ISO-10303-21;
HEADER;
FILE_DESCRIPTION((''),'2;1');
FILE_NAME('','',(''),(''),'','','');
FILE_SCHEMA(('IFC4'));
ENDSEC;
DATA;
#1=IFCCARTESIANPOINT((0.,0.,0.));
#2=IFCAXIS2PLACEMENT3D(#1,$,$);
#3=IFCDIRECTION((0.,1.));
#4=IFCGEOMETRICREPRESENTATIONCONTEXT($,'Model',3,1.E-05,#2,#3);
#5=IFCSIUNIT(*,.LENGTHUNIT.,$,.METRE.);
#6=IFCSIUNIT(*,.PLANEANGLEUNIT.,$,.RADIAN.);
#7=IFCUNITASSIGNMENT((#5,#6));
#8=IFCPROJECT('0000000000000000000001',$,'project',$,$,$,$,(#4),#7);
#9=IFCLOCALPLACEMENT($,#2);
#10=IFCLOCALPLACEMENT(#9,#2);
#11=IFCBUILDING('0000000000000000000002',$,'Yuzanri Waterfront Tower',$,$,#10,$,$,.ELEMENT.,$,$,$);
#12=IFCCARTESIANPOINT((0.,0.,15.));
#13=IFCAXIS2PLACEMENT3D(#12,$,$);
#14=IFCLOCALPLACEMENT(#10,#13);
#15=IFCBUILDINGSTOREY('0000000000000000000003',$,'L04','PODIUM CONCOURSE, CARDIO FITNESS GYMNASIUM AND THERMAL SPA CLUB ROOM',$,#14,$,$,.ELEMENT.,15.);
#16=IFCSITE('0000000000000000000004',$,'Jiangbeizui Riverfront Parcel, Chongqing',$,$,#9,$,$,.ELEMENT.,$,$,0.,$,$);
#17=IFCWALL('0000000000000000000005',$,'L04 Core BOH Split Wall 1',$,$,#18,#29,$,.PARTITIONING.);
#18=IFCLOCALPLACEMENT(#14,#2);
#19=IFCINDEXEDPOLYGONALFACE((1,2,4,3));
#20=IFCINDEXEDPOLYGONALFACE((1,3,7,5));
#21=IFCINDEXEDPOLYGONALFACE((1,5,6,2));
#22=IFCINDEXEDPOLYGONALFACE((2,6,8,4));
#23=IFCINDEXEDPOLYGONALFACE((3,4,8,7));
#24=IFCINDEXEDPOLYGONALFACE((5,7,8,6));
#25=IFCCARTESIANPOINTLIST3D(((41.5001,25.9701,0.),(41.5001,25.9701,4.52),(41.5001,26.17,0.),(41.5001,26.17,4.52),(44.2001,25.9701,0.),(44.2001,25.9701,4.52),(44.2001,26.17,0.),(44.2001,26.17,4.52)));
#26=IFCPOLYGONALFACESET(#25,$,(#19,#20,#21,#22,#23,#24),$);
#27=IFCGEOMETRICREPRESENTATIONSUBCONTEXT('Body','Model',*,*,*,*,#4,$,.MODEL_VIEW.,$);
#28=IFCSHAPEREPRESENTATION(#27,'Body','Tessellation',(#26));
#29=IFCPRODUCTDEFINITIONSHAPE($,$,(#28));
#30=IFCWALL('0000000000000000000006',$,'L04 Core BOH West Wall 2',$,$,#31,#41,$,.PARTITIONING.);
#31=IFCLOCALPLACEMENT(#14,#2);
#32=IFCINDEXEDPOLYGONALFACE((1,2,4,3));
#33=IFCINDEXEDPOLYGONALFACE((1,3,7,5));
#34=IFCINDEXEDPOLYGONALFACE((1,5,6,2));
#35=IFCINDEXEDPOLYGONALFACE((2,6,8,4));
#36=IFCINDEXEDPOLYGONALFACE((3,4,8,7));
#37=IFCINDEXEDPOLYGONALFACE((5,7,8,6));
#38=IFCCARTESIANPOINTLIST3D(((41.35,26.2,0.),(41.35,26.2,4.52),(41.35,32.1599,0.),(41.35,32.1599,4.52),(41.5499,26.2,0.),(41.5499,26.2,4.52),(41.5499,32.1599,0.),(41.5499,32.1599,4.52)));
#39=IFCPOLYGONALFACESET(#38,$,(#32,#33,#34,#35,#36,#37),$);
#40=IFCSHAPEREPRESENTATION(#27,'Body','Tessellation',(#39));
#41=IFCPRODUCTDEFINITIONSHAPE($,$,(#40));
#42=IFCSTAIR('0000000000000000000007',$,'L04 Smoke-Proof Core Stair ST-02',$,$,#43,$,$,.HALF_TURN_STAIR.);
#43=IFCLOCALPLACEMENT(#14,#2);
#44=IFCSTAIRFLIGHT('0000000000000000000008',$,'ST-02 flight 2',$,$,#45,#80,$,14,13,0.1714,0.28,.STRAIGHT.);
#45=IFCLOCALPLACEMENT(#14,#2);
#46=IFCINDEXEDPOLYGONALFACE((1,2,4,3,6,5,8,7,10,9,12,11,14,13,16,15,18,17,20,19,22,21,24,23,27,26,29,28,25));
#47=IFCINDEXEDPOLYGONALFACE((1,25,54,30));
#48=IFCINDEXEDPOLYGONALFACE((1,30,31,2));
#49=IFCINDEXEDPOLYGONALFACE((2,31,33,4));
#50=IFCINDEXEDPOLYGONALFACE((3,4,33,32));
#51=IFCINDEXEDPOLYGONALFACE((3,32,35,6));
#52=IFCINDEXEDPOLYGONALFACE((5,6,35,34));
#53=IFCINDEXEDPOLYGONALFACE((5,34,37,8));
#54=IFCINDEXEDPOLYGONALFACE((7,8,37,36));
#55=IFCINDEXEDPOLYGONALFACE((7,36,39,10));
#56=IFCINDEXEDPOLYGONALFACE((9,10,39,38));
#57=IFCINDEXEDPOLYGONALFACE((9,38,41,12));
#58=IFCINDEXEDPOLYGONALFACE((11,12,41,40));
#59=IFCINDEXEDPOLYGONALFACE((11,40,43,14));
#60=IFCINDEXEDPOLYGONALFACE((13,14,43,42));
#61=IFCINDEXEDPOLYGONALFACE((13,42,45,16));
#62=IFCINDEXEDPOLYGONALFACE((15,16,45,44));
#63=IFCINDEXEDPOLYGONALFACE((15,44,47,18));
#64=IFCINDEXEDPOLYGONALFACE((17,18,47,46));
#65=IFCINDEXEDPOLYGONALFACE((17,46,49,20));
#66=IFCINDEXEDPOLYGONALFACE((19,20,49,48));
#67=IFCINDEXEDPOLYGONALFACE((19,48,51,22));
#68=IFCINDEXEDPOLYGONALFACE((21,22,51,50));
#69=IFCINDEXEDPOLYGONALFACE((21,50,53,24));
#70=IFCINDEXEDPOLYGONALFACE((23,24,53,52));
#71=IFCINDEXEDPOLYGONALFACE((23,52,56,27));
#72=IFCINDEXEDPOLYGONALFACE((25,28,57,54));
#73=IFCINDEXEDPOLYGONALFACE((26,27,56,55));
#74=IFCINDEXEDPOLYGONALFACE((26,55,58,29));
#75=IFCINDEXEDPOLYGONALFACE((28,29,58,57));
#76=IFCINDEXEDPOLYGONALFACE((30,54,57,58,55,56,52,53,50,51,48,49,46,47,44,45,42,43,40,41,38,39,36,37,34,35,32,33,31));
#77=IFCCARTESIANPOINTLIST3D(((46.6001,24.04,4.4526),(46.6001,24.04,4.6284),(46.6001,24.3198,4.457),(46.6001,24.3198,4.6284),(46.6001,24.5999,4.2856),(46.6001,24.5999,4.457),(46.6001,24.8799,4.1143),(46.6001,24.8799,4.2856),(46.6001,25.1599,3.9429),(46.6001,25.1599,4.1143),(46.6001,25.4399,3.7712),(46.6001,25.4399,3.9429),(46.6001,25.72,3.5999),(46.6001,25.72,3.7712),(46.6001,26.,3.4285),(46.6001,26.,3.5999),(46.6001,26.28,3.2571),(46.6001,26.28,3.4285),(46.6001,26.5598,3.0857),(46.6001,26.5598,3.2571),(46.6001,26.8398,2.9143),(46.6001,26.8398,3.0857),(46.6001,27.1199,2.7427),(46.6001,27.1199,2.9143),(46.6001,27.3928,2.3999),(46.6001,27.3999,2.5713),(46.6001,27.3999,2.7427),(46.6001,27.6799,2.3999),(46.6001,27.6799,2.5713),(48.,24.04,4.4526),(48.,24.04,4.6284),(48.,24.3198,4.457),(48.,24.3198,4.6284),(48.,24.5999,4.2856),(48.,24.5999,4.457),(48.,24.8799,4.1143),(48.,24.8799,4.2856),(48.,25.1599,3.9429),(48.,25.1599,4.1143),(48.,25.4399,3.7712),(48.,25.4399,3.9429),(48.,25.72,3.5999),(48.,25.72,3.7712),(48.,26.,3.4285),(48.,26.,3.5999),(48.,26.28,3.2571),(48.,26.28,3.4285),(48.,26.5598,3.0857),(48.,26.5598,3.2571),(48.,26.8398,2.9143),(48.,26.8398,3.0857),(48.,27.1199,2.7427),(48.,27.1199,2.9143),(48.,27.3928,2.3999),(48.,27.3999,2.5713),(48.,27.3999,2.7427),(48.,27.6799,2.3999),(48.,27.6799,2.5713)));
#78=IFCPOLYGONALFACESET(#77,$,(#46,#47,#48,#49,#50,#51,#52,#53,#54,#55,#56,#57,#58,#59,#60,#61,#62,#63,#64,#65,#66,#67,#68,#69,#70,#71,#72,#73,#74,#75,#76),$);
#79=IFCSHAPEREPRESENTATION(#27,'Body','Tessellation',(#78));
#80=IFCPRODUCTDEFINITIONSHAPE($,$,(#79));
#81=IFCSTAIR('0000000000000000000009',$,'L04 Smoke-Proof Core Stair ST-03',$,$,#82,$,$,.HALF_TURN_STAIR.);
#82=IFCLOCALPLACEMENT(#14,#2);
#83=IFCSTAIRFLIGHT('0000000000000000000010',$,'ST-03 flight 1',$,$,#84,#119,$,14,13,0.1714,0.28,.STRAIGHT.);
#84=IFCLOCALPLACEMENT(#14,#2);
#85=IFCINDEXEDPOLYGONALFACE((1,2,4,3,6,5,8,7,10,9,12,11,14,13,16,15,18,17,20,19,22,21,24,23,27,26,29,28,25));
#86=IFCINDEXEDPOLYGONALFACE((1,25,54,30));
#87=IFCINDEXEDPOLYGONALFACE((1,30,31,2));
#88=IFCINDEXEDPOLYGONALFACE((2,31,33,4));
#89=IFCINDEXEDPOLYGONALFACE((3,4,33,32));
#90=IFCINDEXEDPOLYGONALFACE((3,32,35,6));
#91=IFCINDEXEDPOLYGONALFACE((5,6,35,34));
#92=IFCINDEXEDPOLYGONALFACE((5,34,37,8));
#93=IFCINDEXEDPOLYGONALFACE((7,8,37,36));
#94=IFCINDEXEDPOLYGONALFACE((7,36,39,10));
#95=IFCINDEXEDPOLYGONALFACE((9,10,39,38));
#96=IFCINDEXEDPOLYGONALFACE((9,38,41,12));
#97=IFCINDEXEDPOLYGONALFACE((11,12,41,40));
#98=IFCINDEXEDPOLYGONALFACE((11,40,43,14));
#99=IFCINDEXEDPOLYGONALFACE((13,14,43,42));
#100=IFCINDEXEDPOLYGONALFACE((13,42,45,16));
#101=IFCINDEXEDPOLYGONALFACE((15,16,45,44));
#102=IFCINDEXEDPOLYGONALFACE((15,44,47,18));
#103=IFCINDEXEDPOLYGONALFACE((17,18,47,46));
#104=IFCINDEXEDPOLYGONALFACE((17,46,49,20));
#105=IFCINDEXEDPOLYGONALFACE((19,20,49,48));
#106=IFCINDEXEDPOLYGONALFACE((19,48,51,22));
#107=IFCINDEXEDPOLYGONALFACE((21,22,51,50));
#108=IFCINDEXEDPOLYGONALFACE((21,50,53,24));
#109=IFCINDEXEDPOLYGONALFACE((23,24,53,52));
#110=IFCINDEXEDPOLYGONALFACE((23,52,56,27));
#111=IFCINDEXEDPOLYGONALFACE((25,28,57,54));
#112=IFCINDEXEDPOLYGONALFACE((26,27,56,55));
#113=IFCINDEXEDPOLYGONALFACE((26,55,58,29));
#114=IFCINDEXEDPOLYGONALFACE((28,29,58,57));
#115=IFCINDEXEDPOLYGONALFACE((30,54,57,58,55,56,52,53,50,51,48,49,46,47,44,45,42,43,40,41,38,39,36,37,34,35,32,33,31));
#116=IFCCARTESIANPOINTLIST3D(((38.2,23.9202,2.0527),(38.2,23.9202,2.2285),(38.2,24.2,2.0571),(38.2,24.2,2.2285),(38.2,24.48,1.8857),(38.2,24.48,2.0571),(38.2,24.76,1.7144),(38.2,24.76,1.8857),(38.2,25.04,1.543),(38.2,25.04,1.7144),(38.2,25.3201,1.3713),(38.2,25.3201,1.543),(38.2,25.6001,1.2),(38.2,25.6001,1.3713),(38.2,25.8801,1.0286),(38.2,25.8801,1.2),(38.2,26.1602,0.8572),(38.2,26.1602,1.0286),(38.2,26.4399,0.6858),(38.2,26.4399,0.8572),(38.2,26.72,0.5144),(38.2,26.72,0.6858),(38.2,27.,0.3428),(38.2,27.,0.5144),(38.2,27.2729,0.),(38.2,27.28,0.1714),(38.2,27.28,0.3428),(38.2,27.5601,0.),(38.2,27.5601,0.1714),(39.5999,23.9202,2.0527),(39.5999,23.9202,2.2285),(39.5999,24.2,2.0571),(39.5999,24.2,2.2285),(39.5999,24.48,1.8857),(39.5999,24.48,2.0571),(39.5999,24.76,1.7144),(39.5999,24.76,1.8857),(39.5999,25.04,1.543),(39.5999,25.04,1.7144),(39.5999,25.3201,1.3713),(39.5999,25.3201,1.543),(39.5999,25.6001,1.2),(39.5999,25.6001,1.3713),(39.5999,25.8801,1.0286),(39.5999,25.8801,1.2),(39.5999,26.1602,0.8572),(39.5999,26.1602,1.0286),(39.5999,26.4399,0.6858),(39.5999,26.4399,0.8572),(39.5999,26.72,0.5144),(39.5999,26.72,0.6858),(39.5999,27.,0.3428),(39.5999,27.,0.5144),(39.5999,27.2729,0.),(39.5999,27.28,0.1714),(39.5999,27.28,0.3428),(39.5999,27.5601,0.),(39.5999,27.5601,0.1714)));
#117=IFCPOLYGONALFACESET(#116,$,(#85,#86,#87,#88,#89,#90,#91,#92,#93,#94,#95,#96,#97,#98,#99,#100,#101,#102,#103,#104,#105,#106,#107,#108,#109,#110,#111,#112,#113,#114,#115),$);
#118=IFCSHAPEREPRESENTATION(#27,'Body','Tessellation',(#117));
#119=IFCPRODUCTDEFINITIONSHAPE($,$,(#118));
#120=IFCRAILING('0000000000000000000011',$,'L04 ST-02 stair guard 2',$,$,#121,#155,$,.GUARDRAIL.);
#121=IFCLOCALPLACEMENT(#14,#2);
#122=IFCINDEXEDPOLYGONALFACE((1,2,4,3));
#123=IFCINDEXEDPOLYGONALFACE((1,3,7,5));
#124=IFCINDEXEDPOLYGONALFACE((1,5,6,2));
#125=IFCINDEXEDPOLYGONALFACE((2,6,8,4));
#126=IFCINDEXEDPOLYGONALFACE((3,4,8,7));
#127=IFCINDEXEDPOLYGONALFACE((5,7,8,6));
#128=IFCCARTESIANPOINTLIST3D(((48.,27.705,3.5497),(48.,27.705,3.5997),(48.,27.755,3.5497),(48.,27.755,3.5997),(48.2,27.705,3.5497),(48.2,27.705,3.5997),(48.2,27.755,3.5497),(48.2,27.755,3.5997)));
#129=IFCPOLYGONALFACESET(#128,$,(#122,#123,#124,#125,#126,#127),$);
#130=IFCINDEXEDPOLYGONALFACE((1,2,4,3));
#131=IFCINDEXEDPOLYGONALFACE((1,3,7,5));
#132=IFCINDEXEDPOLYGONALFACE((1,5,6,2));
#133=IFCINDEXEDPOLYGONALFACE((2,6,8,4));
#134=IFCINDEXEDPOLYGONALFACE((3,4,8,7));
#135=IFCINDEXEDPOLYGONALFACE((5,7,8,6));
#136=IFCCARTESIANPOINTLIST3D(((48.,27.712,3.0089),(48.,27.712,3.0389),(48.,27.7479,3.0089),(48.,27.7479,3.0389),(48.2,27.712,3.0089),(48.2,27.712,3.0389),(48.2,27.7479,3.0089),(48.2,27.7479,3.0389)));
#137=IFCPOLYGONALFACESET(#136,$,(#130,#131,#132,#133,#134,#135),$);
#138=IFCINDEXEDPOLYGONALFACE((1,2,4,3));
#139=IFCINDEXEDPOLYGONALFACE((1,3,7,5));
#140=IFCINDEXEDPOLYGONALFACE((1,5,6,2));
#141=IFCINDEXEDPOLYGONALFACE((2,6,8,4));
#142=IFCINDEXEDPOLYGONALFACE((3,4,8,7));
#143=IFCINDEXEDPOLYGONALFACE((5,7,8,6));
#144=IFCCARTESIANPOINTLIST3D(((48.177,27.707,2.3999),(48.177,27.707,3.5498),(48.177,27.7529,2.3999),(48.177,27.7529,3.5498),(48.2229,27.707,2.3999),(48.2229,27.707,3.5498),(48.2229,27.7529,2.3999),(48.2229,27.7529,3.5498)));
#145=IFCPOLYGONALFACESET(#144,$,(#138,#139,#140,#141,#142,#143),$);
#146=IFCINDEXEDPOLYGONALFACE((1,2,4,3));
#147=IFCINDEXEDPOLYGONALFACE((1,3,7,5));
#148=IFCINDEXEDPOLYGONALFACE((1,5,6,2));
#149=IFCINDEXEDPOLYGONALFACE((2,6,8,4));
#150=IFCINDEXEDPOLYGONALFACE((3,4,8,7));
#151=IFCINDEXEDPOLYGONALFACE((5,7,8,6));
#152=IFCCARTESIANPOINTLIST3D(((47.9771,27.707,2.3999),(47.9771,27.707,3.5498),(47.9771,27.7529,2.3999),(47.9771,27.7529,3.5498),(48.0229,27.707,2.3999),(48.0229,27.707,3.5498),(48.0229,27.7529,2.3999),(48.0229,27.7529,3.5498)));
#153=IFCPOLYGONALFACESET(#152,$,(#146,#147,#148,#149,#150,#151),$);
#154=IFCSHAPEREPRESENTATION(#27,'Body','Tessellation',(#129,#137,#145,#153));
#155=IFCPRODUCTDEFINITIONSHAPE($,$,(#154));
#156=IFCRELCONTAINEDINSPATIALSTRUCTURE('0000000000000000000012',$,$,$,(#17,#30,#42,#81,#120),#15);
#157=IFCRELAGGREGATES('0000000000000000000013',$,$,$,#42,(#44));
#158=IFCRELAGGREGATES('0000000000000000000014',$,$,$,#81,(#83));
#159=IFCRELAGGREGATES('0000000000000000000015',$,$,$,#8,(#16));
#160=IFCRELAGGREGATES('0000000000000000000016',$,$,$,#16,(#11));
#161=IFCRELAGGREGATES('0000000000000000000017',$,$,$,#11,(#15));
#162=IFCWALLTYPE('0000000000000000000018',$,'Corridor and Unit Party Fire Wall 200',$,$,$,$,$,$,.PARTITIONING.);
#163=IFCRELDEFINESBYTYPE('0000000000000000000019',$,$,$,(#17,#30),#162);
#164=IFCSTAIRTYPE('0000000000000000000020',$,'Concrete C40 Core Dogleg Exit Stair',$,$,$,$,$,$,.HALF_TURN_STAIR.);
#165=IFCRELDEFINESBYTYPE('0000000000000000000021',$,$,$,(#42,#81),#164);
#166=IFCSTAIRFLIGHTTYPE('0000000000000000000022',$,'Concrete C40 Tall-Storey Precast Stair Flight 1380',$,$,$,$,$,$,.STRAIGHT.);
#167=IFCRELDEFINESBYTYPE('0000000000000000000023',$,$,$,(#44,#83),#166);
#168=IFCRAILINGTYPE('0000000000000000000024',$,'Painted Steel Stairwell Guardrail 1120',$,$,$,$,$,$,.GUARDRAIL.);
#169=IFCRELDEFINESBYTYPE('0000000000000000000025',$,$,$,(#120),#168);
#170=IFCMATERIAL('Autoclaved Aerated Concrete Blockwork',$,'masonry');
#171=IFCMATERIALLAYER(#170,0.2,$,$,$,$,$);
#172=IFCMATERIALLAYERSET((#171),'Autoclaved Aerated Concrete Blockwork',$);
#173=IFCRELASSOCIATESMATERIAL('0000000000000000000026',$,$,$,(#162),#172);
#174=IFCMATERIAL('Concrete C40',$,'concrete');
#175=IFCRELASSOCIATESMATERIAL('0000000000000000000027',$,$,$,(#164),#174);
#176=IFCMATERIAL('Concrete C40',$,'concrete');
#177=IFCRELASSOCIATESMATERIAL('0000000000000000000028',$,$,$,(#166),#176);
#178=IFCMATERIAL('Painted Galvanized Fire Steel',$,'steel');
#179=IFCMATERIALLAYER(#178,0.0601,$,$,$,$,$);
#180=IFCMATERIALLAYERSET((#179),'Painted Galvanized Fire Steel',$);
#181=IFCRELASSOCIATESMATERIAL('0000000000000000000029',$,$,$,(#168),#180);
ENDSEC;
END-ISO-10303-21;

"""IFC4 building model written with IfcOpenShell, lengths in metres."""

from ifc_helpers import new_model, si_unit, direction, frame, frame_2d, origin, origin_2d, place, context, subcontext, project, spatial, polyline, rectangle, outline, extrude, source, transform, mapped, material, layer, layer_set, type_object, element, aggregate, save


model = new_model("IFC4")

# Units and contexts
model_context = context("Model", 3, precision=1e-05, world=origin(), true_north=direction((0.0, 1.0)))
body_context = subcontext(model_context, "Body", "Model", "MODEL_VIEW")
ifc_project = project(units=[si_unit("LENGTHUNIT", "METRE"), si_unit("PLANEANGLEUNIT", "RADIAN")], contexts=[model_context])

# Site, building, storey
site_placement = place(None, origin())
site = spatial("IfcSite", under=ifc_project, at=site_placement, Name="Jiangbeizui Riverfront Parcel, Chongqing", CompositionType="ELEMENT", RefElevation=0.0)
building_placement = place(site_placement, origin())
building = spatial("IfcBuilding", under=site, at=building_placement, Name="Yuzanri Waterfront Tower", CompositionType="ELEMENT")
storey_placement = place(building_placement, frame((0.0, 0.0, 15.0)))
storey = spatial("IfcBuildingStorey", under=building, at=storey_placement, Name="L04", Description="PODIUM CONCOURSE, CARDIO FITNESS GYMNASIUM AND THERMAL SPA CLUB ROOM", CompositionType="ELEMENT", Elevation=15.0)

# Walls
ifc_material_1 = material(Name="Autoclaved Aerated Concrete Blockwork", Category="masonry")
ifc_layer_1 = layer(ifc_material_1, 0.2)
ifc_layer_set_1 = layer_set([ifc_layer_1], Name="Autoclaved Aerated Concrete Blockwork")
wall_type_1 = type_object("IfcWallType", Name="Corridor and Unit Party Fire Wall 200", PredefinedType="PARTITIONING", material=ifc_layer_set_1)
shared_shape_1 = source(origin(), body_context, "Body", "SweptSolid", [
    extrude(rectangle(XDim=2.7, YDim=0.2, at=frame_2d((1.3501, 0.0))), origin(), (0.0, 0.0, 1.0), 4.52),
])
wall_1_placement = place(storey_placement, frame((41.5, 26.0701, 0.0), z_axis=(0.0, 0.0, 1.0), x_axis=(1.0, 0.0, 0.0)))
element("IfcWall", 1, at=wall_1_placement, inside=storey, type_object=wall_type_1, Name="L04 Core BOH Split Wall 1", PredefinedType="PARTITIONING", context=body_context, shape_type="MappedRepresentation", body=[
    mapped(shared_shape_1, transform((0.0, 0.0, 0.0), scale=1.0)),
])
shared_shape_2 = source(origin(), body_context, "Body", "SweptSolid", [
    extrude(rectangle(XDim=5.96, YDim=0.2, at=frame_2d((2.98, 0.0))), origin(), (0.0, 0.0, 1.0), 4.52),
])
wall_2_placement = place(storey_placement, frame((41.45, 26.2, 0.0), z_axis=(0.0, 0.0, 1.0), x_axis=(0.0, 1.0, 0.0)))
element("IfcWall", 2, at=wall_2_placement, inside=storey, type_object=wall_type_1, Name="L04 Core BOH West Wall 2", PredefinedType="PARTITIONING", context=body_context, shape_type="MappedRepresentation", body=[
    mapped(shared_shape_2, transform((0.0, 0.0, 0.0), scale=1.0)),
])

# Stairs, stair flights
ifc_material_2 = material(Name="Concrete C40", Category="concrete")
stair_type = type_object("IfcStairType", Name="Concrete C40 Core Dogleg Exit Stair", PredefinedType="HALF_TURN_STAIR", material=ifc_material_2)
stair_1_placement = place(storey_placement, origin())
stair_1 = element("IfcStair", 3, at=stair_1_placement, inside=storey, type_object=stair_type, Name="L04 Smoke-Proof Core Stair ST-02", PredefinedType="HALF_TURN_STAIR")
ifc_material_3 = material(Name="Concrete C40", Category="concrete")
stair_flight_type = type_object("IfcStairFlightType", Name="Concrete C40 Tall-Storey Precast Stair Flight 1380", PredefinedType="STRAIGHT", material=ifc_material_3)
shared_shape_3 = source(origin(), body_context, "Body", "SweptSolid", [
    extrude(outline(polyline([(0.0, 0.0), (0.0, 0.1714), (0.28, 0.1714), (0.28, 0.3428), (0.5601, 0.3428), (0.5601, 0.5144), (0.8401, 0.5144), (0.8401, 0.6858), (1.1201, 0.6858), (1.1201, 0.8572), (1.3999, 0.8572), (1.3999, 1.0286), (1.6799, 1.0286), (1.6799, 1.2), (1.96, 1.2), (1.96, 1.3713), (2.24, 1.3713), (2.24, 1.543), (2.52, 1.543), (2.52, 1.7144), (2.8, 1.7144), (2.8, 1.8857), (3.0801, 1.8857), (3.0801, 2.0571), (3.3601, 2.0571), (3.3601, 2.2285), (3.6399, 2.2285), (3.6399, 2.3999), (3.6399, 2.0527), (0.2871, 0.0), (0.0, 0.0)])), frame((0.0, 0.7, 0.0), z_axis=(0.0, -1.0, 0.0), x_axis=(1.0, 0.0, 0.0)), (0.0, 0.0, 1.0), 1.3999),
])
stair_flight_1_placement = place(storey_placement, frame((47.3, 27.6799, 2.3999), z_axis=(0.0, 0.0, 1.0), x_axis=(0.0, -1.0, 0.0)))
stair_flight_1 = element("IfcStairFlight", 4, at=stair_flight_1_placement, type_object=stair_flight_type, Name="ST-02 flight 2", NumberOfRisers=14, NumberOfTreads=13, PredefinedType="STRAIGHT", RiserHeight=0.1714, TreadLength=0.28, context=body_context, shape_type="MappedRepresentation", body=[
    mapped(shared_shape_3, transform((0.0, 0.0, 0.0), scale=1.0)),
])
aggregate(stair_1, [stair_flight_1])
stair_2_placement = place(storey_placement, origin())
stair_2 = element("IfcStair", 5, at=stair_2_placement, inside=storey, type_object=stair_type, Name="L04 Smoke-Proof Core Stair ST-03", PredefinedType="HALF_TURN_STAIR")
stair_flight_2_placement = place(storey_placement, frame((38.8999, 27.5601, 0.0), z_axis=(0.0, 0.0, 1.0), x_axis=(0.0, -1.0, 0.0)))
stair_flight_2 = element("IfcStairFlight", 6, at=stair_flight_2_placement, type_object=stair_flight_type, Name="ST-03 flight 1", NumberOfRisers=14, NumberOfTreads=13, PredefinedType="STRAIGHT", RiserHeight=0.1714, TreadLength=0.28, context=body_context, shape_type="MappedRepresentation", body=[
    mapped(shared_shape_3, transform((0.0, 0.0, 0.0), scale=1.0)),
])
aggregate(stair_2, [stair_flight_2])

# Railing
ifc_material_4 = material(Name="Painted Galvanized Fire Steel", Category="steel")
ifc_layer_2 = layer(ifc_material_4, 0.0601)
ifc_layer_set_2 = layer_set([ifc_layer_2], Name="Painted Galvanized Fire Steel")
railing_type_1 = type_object("IfcRailingType", Name="Painted Steel Stairwell Guardrail 1120", PredefinedType="GUARDRAIL", material=ifc_layer_set_2)
shared_shape_4 = source(origin(), body_context, "Body", "SweptSolid", [
    extrude(rectangle(XDim=0.05, YDim=0.05, at=origin_2d()), frame((0.0, 0.0, 1.1748), z_axis=(-1.0, 0.0, 0.0), x_axis=(0.0, -1.0, 0.0)), (0.0, 0.0, 1.0), 0.2),
    extrude(rectangle(XDim=0.0359, YDim=0.03, at=origin_2d()), frame((0.0, 0.0, 0.624), z_axis=(-1.0, 0.0, 0.0), x_axis=(0.0, -1.0, 0.0)), (0.0, 0.0, 1.0), 0.2),
    extrude(rectangle(XDim=0.0459, YDim=0.0459, at=origin_2d()), origin(), (0.0, 0.0, 1.0), 1.1499),
    extrude(rectangle(XDim=0.0459, YDim=0.0459, at=origin_2d()), frame((-0.2, 0.0, 0.0)), (0.0, 0.0, 1.0), 1.1499),
])
railing_1_placement = place(storey_placement, frame((48.2, 27.73, 2.3999)))
element("IfcRailing", 7, at=railing_1_placement, inside=storey, type_object=railing_type_1, Name="L04 ST-02 stair guard 2", PredefinedType="GUARDRAIL", context=body_context, shape_type="MappedRepresentation", body=[
    mapped(shared_shape_4, transform((0.0, 0.0, 0.0), scale=1.0)),
])

save(model, "model.ifc")
